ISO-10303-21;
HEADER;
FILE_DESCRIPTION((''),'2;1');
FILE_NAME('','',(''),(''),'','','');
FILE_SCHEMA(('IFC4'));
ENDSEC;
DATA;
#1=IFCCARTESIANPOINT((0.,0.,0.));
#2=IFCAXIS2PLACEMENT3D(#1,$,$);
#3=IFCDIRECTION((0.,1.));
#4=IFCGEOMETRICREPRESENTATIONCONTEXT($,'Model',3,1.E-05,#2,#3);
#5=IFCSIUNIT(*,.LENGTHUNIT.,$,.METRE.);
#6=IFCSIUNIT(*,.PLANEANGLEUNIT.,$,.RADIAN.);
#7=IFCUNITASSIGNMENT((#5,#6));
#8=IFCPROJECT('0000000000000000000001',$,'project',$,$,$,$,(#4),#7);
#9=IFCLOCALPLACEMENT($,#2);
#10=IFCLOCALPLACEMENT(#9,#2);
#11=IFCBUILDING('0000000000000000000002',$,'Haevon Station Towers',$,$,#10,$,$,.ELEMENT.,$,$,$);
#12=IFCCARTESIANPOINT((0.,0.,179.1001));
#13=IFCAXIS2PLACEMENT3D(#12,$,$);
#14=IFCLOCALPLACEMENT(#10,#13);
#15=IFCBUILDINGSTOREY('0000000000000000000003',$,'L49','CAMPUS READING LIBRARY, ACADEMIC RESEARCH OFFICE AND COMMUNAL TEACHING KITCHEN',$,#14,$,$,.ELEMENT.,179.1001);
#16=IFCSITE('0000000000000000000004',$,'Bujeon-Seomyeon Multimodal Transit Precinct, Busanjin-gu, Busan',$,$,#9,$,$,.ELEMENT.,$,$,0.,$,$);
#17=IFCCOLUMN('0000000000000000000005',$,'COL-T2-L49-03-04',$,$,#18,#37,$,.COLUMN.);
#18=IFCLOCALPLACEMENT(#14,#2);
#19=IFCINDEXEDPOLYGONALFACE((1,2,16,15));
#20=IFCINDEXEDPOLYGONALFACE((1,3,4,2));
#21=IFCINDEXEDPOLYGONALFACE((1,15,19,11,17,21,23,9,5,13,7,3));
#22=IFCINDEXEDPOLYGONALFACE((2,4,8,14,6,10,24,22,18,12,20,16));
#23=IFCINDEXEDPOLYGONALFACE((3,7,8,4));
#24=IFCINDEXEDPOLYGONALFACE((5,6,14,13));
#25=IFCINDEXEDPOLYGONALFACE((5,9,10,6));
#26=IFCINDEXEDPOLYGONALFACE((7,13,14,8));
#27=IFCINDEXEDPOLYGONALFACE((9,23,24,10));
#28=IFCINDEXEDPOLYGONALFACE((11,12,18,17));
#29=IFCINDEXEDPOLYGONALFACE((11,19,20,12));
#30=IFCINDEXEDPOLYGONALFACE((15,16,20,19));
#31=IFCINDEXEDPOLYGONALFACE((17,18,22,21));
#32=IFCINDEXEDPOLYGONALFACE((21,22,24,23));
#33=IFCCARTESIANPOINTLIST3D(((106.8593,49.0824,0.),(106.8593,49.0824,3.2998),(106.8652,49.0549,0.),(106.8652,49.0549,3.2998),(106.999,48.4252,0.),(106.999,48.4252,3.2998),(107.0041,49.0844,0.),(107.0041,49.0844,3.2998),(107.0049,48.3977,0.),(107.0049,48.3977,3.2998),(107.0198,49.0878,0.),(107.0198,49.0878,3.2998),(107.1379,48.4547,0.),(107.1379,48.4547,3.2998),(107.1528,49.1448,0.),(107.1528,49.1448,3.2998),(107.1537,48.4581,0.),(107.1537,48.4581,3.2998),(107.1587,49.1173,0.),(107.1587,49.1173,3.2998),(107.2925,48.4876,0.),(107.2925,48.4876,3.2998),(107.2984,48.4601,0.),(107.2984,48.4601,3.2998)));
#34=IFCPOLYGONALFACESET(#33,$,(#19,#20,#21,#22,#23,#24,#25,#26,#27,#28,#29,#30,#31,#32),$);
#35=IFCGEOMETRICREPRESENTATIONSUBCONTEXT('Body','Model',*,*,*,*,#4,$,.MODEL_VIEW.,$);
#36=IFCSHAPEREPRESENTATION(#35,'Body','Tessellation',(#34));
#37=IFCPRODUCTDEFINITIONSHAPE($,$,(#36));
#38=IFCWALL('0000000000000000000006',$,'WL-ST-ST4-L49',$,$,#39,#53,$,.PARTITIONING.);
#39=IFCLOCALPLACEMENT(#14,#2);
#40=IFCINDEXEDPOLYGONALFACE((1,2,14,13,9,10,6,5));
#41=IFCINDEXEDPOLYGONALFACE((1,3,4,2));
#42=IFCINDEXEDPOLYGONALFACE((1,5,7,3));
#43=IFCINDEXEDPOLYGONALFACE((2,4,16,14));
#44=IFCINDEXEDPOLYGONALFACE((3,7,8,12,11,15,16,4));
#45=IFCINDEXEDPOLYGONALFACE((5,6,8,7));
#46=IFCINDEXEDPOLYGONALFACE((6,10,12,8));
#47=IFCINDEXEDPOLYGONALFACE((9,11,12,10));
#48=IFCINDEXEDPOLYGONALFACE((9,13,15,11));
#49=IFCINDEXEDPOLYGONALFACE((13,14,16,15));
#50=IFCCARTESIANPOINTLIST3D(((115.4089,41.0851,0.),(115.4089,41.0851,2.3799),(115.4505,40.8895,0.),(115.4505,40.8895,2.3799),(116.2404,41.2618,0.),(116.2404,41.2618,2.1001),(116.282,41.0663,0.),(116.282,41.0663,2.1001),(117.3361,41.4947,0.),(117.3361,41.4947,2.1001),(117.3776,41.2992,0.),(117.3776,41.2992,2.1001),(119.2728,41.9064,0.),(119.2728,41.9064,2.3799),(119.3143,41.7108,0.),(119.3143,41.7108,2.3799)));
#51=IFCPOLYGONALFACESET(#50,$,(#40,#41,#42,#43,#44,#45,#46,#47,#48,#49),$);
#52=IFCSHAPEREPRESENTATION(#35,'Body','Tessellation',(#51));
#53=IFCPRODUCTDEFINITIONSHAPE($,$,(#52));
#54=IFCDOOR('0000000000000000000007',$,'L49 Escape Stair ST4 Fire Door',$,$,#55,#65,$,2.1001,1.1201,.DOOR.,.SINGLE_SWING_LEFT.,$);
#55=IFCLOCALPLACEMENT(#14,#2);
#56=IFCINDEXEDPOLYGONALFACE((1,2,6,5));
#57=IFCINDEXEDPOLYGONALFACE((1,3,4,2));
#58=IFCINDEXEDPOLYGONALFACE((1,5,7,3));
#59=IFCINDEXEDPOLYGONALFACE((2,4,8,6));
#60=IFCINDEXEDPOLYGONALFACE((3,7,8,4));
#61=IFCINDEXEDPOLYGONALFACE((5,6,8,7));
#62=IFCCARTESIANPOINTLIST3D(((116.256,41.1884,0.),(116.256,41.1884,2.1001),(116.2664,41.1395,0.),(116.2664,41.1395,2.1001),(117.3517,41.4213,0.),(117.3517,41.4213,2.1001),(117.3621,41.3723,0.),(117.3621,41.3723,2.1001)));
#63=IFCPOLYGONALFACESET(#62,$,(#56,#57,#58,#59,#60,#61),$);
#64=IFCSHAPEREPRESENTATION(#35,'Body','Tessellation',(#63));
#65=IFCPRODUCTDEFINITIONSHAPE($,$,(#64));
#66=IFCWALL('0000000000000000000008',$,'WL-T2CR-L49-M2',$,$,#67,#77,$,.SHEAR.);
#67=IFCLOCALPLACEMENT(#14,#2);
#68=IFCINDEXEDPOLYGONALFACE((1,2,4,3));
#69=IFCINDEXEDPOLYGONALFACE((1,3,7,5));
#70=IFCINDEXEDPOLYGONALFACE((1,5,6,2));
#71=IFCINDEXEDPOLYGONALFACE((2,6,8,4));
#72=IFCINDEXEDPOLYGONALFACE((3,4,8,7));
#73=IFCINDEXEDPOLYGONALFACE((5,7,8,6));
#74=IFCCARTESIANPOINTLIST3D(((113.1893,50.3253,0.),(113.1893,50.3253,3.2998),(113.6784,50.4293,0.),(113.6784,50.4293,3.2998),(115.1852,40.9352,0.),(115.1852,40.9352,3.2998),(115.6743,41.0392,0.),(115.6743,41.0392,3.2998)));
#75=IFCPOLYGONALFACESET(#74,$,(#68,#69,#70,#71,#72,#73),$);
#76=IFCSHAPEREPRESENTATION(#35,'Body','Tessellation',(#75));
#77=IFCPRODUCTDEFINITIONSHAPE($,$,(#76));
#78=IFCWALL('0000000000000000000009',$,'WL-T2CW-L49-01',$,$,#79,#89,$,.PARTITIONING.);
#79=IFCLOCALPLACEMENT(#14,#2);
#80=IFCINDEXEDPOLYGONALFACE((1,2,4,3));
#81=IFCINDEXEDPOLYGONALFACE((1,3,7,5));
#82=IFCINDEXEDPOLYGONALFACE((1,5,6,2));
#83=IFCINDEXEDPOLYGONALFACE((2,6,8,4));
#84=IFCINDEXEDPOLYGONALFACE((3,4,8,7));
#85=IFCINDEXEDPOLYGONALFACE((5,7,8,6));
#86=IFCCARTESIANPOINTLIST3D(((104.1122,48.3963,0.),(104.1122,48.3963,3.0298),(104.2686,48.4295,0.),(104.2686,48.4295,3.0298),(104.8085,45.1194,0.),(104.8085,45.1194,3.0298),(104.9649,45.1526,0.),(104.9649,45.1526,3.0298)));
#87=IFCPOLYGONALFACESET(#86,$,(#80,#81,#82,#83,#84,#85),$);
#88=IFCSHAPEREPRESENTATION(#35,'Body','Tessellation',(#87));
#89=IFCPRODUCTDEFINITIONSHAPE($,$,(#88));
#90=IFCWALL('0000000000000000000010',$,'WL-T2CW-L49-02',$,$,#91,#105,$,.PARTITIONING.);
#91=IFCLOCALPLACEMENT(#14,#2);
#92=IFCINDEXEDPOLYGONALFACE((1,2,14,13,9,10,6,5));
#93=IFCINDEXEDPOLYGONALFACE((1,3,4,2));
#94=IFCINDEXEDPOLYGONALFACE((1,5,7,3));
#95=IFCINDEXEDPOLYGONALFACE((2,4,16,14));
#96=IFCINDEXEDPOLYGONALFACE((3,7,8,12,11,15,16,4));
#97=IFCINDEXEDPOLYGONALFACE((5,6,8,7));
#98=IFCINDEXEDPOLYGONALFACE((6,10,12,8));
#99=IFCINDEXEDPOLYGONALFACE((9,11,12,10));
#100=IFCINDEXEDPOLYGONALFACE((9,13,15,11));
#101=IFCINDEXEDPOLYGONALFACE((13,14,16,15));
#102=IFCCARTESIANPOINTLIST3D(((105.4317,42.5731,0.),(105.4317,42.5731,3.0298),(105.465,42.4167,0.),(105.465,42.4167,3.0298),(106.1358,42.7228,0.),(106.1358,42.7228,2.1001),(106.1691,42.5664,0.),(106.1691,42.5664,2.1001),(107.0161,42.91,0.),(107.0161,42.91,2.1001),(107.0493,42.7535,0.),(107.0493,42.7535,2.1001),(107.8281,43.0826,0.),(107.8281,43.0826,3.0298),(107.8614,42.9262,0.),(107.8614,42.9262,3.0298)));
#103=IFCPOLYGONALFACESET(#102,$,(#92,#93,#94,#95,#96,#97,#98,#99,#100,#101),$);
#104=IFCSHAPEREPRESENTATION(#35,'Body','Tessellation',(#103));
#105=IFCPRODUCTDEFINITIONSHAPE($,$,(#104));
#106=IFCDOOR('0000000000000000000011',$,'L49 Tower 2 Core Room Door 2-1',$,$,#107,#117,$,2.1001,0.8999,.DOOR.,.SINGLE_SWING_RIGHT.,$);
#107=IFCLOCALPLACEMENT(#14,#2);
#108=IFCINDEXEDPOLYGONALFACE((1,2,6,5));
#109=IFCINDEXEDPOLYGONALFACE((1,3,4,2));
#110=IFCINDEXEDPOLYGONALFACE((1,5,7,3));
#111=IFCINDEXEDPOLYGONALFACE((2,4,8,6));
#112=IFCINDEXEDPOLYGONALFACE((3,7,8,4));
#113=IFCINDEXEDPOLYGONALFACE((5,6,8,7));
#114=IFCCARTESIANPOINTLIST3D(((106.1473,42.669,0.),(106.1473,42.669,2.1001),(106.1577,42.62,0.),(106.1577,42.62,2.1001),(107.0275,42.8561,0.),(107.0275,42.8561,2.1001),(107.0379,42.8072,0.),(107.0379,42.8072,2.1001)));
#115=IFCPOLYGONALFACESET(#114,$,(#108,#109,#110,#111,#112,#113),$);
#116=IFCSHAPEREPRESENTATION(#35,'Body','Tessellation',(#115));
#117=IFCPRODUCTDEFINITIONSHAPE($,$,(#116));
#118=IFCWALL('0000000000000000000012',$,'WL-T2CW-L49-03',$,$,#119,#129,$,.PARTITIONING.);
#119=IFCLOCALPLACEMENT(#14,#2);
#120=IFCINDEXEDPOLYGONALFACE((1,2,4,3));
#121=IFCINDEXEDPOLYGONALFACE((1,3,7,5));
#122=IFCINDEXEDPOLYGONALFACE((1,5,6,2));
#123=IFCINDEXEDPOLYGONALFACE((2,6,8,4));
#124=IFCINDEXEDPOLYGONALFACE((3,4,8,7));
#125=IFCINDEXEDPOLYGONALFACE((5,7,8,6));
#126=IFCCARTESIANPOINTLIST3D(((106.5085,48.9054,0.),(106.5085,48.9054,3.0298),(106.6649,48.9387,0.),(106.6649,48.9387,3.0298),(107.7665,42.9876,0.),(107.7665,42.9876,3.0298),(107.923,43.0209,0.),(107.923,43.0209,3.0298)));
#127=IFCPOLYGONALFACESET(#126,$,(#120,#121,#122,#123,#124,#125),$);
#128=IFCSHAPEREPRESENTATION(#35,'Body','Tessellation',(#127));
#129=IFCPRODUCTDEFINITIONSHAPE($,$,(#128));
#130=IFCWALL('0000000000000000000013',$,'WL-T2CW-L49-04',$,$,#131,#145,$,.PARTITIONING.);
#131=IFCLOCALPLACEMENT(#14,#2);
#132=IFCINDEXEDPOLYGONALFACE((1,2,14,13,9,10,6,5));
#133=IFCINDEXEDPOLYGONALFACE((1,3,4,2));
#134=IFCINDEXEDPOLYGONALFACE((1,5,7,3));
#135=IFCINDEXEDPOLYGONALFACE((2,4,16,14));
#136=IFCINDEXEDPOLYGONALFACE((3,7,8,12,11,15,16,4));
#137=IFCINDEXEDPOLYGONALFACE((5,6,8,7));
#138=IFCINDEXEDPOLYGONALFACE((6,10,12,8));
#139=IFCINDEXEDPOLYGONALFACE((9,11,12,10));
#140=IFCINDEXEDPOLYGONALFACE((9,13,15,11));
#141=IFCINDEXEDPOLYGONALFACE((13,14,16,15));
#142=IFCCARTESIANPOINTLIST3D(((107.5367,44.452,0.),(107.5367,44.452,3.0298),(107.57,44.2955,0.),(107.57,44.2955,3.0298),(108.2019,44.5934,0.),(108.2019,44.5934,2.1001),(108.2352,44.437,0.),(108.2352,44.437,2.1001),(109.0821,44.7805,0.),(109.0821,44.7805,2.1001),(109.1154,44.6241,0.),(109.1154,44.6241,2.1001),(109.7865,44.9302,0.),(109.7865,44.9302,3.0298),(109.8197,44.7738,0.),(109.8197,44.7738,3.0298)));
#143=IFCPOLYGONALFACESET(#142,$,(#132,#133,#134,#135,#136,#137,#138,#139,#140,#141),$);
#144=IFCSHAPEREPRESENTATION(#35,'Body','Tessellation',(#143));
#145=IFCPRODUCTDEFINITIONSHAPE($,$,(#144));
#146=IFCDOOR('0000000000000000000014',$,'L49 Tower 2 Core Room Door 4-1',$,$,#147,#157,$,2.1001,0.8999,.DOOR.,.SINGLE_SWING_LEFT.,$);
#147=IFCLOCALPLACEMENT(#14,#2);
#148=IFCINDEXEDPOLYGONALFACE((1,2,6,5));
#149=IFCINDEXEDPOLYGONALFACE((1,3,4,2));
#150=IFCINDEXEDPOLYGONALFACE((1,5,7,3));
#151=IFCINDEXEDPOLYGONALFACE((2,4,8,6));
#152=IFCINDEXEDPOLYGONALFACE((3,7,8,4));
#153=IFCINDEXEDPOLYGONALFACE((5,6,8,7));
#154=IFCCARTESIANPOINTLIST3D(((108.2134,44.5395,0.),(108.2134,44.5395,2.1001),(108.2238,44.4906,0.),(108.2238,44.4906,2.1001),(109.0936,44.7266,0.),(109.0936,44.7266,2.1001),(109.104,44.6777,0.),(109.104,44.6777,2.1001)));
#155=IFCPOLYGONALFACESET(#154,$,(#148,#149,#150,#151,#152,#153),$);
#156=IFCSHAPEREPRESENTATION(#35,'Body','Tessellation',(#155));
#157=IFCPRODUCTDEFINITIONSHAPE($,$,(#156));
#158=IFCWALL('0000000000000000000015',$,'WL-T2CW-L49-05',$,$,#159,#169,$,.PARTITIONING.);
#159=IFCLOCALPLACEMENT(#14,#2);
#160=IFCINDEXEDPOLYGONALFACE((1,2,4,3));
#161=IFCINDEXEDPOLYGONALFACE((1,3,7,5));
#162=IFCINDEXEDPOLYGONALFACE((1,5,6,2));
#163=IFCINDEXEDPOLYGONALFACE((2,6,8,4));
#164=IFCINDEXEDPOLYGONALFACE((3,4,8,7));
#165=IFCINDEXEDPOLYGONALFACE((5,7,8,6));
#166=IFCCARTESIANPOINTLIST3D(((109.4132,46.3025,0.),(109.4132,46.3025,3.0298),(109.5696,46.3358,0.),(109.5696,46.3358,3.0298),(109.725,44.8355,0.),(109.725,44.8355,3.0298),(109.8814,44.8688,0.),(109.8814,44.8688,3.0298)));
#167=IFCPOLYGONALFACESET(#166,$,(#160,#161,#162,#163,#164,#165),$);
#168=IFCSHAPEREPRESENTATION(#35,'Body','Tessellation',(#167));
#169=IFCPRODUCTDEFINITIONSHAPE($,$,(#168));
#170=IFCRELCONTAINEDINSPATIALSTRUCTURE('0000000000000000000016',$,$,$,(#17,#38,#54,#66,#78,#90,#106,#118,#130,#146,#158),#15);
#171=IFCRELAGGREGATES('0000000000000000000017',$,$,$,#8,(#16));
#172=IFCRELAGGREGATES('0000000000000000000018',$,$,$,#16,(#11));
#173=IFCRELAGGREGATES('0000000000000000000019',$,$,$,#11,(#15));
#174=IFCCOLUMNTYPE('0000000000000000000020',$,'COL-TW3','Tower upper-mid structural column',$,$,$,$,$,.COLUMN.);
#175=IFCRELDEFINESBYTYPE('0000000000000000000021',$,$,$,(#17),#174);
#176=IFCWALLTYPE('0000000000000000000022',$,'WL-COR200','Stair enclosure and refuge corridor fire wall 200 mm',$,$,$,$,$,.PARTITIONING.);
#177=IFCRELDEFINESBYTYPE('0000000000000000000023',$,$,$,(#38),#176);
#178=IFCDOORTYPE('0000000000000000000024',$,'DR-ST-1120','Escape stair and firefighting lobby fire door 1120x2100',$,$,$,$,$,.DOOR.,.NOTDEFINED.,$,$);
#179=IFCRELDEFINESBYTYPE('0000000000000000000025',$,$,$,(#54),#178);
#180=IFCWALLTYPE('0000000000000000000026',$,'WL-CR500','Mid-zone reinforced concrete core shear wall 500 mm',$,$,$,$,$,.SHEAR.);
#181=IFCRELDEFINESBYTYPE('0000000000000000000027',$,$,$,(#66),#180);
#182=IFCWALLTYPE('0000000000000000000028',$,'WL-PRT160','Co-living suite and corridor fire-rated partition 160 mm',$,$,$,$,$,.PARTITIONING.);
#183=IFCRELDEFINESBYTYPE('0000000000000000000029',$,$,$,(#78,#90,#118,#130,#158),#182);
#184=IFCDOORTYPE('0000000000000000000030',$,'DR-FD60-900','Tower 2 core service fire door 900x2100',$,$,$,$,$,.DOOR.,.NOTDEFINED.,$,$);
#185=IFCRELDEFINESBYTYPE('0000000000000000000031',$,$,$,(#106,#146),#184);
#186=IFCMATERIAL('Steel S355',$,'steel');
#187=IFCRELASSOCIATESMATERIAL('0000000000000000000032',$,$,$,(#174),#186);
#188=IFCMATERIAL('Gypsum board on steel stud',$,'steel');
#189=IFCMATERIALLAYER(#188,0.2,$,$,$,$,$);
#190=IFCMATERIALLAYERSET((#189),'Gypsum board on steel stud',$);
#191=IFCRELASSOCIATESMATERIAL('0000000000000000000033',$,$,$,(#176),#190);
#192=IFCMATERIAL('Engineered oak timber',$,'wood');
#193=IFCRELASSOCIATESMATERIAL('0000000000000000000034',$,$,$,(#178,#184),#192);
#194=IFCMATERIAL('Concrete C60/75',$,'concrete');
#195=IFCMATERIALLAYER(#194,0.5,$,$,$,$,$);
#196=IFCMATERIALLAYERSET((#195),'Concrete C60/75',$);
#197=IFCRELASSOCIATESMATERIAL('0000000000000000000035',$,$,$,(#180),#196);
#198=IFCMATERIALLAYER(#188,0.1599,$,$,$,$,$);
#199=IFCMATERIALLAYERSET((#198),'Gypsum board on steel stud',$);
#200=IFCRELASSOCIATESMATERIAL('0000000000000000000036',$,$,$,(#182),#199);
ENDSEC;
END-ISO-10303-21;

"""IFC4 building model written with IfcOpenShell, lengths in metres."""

from ifc_helpers import new_model, si_unit, direction, frame, frame_2d, origin, origin_2d, place, context, subcontext, project, spatial, rectangle, i_section, extrude, material, layer, layer_set, material_profile, profile_set, type_object, element, fill, save


model = new_model("IFC4")

# Units and contexts
model_context = context("Model", 3, precision=1e-05, world=origin(), true_north=direction((0.0, 1.0)))
body_context = subcontext(model_context, "Body", "Model", "MODEL_VIEW")
ifc_project = project(units=[si_unit("LENGTHUNIT", "METRE"), si_unit("PLANEANGLEUNIT", "RADIAN")], contexts=[model_context])

# Site, building, storey
site_placement = place(None, origin())
site = spatial("IfcSite", under=ifc_project, at=site_placement, Name="Bujeon-Seomyeon Multimodal Transit Precinct, Busanjin-gu, Busan", CompositionType="ELEMENT", RefElevation=0.0)
building_placement = place(site_placement, origin())
building = spatial("IfcBuilding", under=site, at=building_placement, Name="Haevon Station Towers", CompositionType="ELEMENT")
storey_placement = place(building_placement, frame((0.0, 0.0, 179.1001)))
storey = spatial("IfcBuildingStorey", under=building, at=storey_placement, Name="L49", Description="CAMPUS READING LIBRARY, ACADEMIC RESEARCH OFFICE AND COMMUNAL TEACHING KITCHEN", CompositionType="ELEMENT", Elevation=179.1001)

# Column
ifc_material_1 = material(Name="Steel S355", Category="steel")
ifc_material_profile = material_profile(ifc_material_1, i_section(OverallWidth=0.3, OverallDepth=0.7, WebThickness=0.0161, FlangeThickness=0.0281, at=origin_2d()), Name="H-700x300x16x28")
ifc_profile_set = profile_set([ifc_material_profile], Name="Steel S355")
column_type = type_object("IfcColumnType", Name="COL-TW3", Description="Tower upper-mid structural column", PredefinedType="COLUMN", material=ifc_profile_set)
column_placement = place(storey_placement, frame((107.0789, 48.7712, 0.0), z_axis=(0.0, 0.0, 1.0), x_axis=(0.978148, 0.207912, 0.0)))
element("IfcColumn", 1, at=column_placement, inside=storey, type_object=column_type, Name="COL-T2-L49-03-04", PredefinedType="COLUMN", context=body_context, shape_type="SweptSolid", body=[
    extrude(i_section(OverallWidth=0.3, OverallDepth=0.7, WebThickness=0.0161, FlangeThickness=0.0281, at=origin_2d()), origin(), (0.0, 0.0, 1.0), 3.2998),
])

# Wall, opening, door
ifc_material_2 = material(Name="Gypsum board on steel stud", Category="steel")
ifc_layer_1 = layer(ifc_material_2, 0.2)
ifc_layer_set_1 = layer_set([ifc_layer_1], Name="Gypsum board on steel stud")
wall_type_1 = type_object("IfcWallType", Name="WL-COR200", Description="Stair enclosure and refuge corridor fire wall 200 mm", PredefinedType="PARTITIONING", material=ifc_layer_set_1)
wall_1_placement = place(storey_placement, frame((115.4297, 40.9873, 0.0), z_axis=(0.0, 0.0, 1.0), x_axis=(0.978147, 0.207916, 0.0)))
wall_1 = element("IfcWall", 2, at=wall_1_placement, inside=storey, type_object=wall_type_1, Name="WL-ST-ST4-L49", PredefinedType="PARTITIONING", context=body_context, shape_type="SweptSolid", body=[
    extrude(rectangle(XDim=3.9502, YDim=0.2, at=frame_2d((1.9751, 0.0))), origin(), (0.0, 0.0, 1.0), 2.3799),
])
opening_1_placement = place(wall_1_placement, frame((0.8501, 0.0, 0.0)))
opening_1 = element("IfcOpeningElement", 3, at=opening_1_placement, cuts=wall_1, PredefinedType="OPENING", context=body_context, shape_type="SweptSolid", body=[
    extrude(rectangle(XDim=1.1201, YDim=2.1001, at=frame_2d((0.5601, 1.05))), frame((0.0, 0.1099, 0.0), z_axis=(0.0, -1.0, 0.0), x_axis=(1.0, 0.0, 0.0)), (0.0, 0.0, 1.0), 0.22),
])
ifc_material_3 = material(Name="Engineered oak timber", Category="wood")
door_type_1 = type_object("IfcDoorType", Name="DR-ST-1120", Description="Escape stair and firefighting lobby fire door 1120x2100", OperationType="NOTDEFINED", PredefinedType="DOOR", material=ifc_material_3)
door_1_placement = place(opening_1_placement, origin())
door_1 = element("IfcDoor", 4, at=door_1_placement, inside=storey, type_object=door_type_1, Name="L49 Escape Stair ST4 Fire Door", OperationType="SINGLE_SWING_LEFT", OverallHeight=2.1001, OverallWidth=1.1201, PredefinedType="DOOR", context=body_context, shape_type="SweptSolid", body=[
    extrude(rectangle(XDim=1.1201, YDim=2.1001, at=frame_2d((0.5601, 1.05))), frame((0.0, 0.0249, 0.0), z_axis=(0.0, -1.0, 0.0), x_axis=(1.0, 0.0, 0.0)), (0.0, 0.0, 1.0), 0.05),
])
fill(opening_1, door_1)

# Walls
ifc_material_4 = material(Name="Concrete C60/75", Category="concrete")
ifc_layer_2 = layer(ifc_material_4, 0.5)
ifc_layer_set_2 = layer_set([ifc_layer_2], Name="Concrete C60/75")
wall_type_2 = type_object("IfcWallType", Name="WL-CR500", Description="Mid-zone reinforced concrete core shear wall 500 mm", PredefinedType="SHEAR", material=ifc_layer_set_2)
wall_2_placement = place(storey_placement, frame((115.4297, 40.9873, 0.0), z_axis=(0.0, 0.0, 1.0), x_axis=(-0.207903, 0.978149, 0.0)))
element("IfcWall", 5, at=wall_2_placement, inside=storey, type_object=wall_type_2, Name="WL-T2CR-L49-M2", PredefinedType="SHEAR", context=body_context, shape_type="SweptSolid", body=[
    extrude(rectangle(XDim=9.5999, YDim=0.5, at=frame_2d((4.7998, 0.0))), origin(), (0.0, 0.0, 1.0), 3.2998),
])
ifc_layer_3 = layer(ifc_material_2, 0.1599)
ifc_layer_set_3 = layer_set([ifc_layer_3], Name="Gypsum board on steel stud")
wall_type_3 = type_object("IfcWallType", Name="WL-PRT160", Description="Co-living suite and corridor fire-rated partition 160 mm", PredefinedType="PARTITIONING", material=ifc_layer_set_3)
wall_3_placement = place(storey_placement, frame((104.8867, 45.136, 0.0), z_axis=(0.0, 0.0, 1.0), x_axis=(-0.207847, 0.978161, 0.0)))
element("IfcWall", 6, at=wall_3_placement, inside=storey, type_object=wall_type_3, Name="WL-T2CW-L49-01", PredefinedType="PARTITIONING", context=body_context, shape_type="SweptSolid", body=[
    extrude(rectangle(XDim=3.3501, YDim=0.1599, at=frame_2d((1.675, 0.0))), origin(), (0.0, 0.0, 1.0), 3.0298),
])

# Wall, opening, door
wall_4_placement = place(storey_placement, frame((105.4482, 42.4949, 0.0), z_axis=(0.0, 0.0, 1.0), x_axis=(0.978137, 0.207964, 0.0)))
wall_4 = element("IfcWall", 7, at=wall_4_placement, inside=storey, type_object=wall_type_3, Name="WL-T2CW-L49-02", PredefinedType="PARTITIONING", context=body_context, shape_type="SweptSolid", body=[
    extrude(rectangle(XDim=2.45, YDim=0.1599, at=frame_2d((1.2251, 0.0))), origin(), (0.0, 0.0, 1.0), 3.0298),
])
opening_2_placement = place(wall_4_placement, frame((0.72, 0.0, 0.0)))
opening_2 = element("IfcOpeningElement", 8, at=opening_2_placement, cuts=wall_4, PredefinedType="OPENING", context=body_context, shape_type="SweptSolid", body=[
    extrude(rectangle(XDim=0.8999, YDim=2.1001, at=frame_2d((0.45, 1.05))), frame((0.0, 0.0898, 0.0), z_axis=(0.0, -1.0, 0.0), x_axis=(1.0, 0.0, 0.0)), (0.0, 0.0, 1.0), 0.1799),
])
door_type_2 = type_object("IfcDoorType", Name="DR-FD60-900", Description="Tower 2 core service fire door 900x2100", OperationType="NOTDEFINED", PredefinedType="DOOR", material=ifc_material_3)
door_2_placement = place(opening_2_placement, origin())
door_2 = element("IfcDoor", 9, at=door_2_placement, inside=storey, type_object=door_type_2, Name="L49 Tower 2 Core Room Door 2-1", OperationType="SINGLE_SWING_RIGHT", OverallHeight=2.1001, OverallWidth=0.8999, PredefinedType="DOOR", context=body_context, shape_type="SweptSolid", body=[
    extrude(rectangle(XDim=0.8999, YDim=2.1001, at=frame_2d((0.45, 1.05))), frame((0.0, 0.0249, 0.0), z_axis=(0.0, -1.0, 0.0), x_axis=(1.0, 0.0, 0.0)), (0.0, 0.0, 1.0), 0.05),
])
fill(opening_2, door_2)

# Wall
wall_5_placement = place(storey_placement, frame((107.8447, 43.0044, 0.0), z_axis=(0.0, 0.0, 1.0), x_axis=(-0.207944, 0.978141, 0.0)))
element("IfcWall", 10, at=wall_5_placement, inside=storey, type_object=wall_type_3, Name="WL-T2CW-L49-03", PredefinedType="PARTITIONING", context=body_context, shape_type="SweptSolid", body=[
    extrude(rectangle(XDim=6.05, YDim=0.1599, at=frame_2d((3.0249, 0.0))), origin(), (0.0, 0.0, 1.0), 3.0298),
])

# Wall, opening, door
wall_6_placement = place(storey_placement, frame((107.5535, 44.3738, 0.0), z_axis=(0.0, 0.0, 1.0), x_axis=(0.978141, 0.207941, 0.0)))
wall_6 = element("IfcWall", 11, at=wall_6_placement, inside=storey, type_object=wall_type_3, Name="WL-T2CW-L49-04", PredefinedType="PARTITIONING", context=body_context, shape_type="SweptSolid", body=[
    extrude(rectangle(XDim=2.3, YDim=0.1599, at=frame_2d((1.1499, 0.0))), origin(), (0.0, 0.0, 1.0), 3.0298),
])
opening_3_placement = place(wall_6_placement, frame((0.6799, 0.0, 0.0)))
opening_3 = element("IfcOpeningElement", 12, at=opening_3_placement, cuts=wall_6, PredefinedType="OPENING", context=body_context, shape_type="SweptSolid", body=[
    extrude(rectangle(XDim=0.8999, YDim=2.1001, at=frame_2d((0.45, 1.05))), frame((0.0, 0.0898, 0.0), z_axis=(0.0, -1.0, 0.0), x_axis=(1.0, 0.0, 0.0)), (0.0, 0.0, 1.0), 0.1799),
])
door_3_placement = place(opening_3_placement, origin())
door_3 = element("IfcDoor", 13, at=door_3_placement, inside=storey, type_object=door_type_2, Name="L49 Tower 2 Core Room Door 4-1", OperationType="SINGLE_SWING_LEFT", OverallHeight=2.1001, OverallWidth=0.8999, PredefinedType="DOOR", context=body_context, shape_type="SweptSolid", body=[
    extrude(rectangle(XDim=0.8999, YDim=2.1001, at=frame_2d((0.45, 1.05))), frame((0.0, 0.0249, 0.0), z_axis=(0.0, -1.0, 0.0), x_axis=(1.0, 0.0, 0.0)), (0.0, 0.0, 1.0), 0.05),
])
fill(opening_3, door_3)

# Wall
wall_7_placement = place(storey_placement, frame((109.8032, 44.8521, 0.0), z_axis=(0.0, 0.0, 1.0), x_axis=(-0.207872, 0.978156, 0.0)))
element("IfcWall", 14, at=wall_7_placement, inside=storey, type_object=wall_type_3, Name="WL-T2CW-L49-05", PredefinedType="PARTITIONING", context=body_context, shape_type="SweptSolid", body=[
    extrude(rectangle(XDim=1.4998, YDim=0.1599, at=frame_2d((0.75, 0.0))), origin(), (0.0, 0.0, 1.0), 3.0298),
])

save(model, "model.ifc")
